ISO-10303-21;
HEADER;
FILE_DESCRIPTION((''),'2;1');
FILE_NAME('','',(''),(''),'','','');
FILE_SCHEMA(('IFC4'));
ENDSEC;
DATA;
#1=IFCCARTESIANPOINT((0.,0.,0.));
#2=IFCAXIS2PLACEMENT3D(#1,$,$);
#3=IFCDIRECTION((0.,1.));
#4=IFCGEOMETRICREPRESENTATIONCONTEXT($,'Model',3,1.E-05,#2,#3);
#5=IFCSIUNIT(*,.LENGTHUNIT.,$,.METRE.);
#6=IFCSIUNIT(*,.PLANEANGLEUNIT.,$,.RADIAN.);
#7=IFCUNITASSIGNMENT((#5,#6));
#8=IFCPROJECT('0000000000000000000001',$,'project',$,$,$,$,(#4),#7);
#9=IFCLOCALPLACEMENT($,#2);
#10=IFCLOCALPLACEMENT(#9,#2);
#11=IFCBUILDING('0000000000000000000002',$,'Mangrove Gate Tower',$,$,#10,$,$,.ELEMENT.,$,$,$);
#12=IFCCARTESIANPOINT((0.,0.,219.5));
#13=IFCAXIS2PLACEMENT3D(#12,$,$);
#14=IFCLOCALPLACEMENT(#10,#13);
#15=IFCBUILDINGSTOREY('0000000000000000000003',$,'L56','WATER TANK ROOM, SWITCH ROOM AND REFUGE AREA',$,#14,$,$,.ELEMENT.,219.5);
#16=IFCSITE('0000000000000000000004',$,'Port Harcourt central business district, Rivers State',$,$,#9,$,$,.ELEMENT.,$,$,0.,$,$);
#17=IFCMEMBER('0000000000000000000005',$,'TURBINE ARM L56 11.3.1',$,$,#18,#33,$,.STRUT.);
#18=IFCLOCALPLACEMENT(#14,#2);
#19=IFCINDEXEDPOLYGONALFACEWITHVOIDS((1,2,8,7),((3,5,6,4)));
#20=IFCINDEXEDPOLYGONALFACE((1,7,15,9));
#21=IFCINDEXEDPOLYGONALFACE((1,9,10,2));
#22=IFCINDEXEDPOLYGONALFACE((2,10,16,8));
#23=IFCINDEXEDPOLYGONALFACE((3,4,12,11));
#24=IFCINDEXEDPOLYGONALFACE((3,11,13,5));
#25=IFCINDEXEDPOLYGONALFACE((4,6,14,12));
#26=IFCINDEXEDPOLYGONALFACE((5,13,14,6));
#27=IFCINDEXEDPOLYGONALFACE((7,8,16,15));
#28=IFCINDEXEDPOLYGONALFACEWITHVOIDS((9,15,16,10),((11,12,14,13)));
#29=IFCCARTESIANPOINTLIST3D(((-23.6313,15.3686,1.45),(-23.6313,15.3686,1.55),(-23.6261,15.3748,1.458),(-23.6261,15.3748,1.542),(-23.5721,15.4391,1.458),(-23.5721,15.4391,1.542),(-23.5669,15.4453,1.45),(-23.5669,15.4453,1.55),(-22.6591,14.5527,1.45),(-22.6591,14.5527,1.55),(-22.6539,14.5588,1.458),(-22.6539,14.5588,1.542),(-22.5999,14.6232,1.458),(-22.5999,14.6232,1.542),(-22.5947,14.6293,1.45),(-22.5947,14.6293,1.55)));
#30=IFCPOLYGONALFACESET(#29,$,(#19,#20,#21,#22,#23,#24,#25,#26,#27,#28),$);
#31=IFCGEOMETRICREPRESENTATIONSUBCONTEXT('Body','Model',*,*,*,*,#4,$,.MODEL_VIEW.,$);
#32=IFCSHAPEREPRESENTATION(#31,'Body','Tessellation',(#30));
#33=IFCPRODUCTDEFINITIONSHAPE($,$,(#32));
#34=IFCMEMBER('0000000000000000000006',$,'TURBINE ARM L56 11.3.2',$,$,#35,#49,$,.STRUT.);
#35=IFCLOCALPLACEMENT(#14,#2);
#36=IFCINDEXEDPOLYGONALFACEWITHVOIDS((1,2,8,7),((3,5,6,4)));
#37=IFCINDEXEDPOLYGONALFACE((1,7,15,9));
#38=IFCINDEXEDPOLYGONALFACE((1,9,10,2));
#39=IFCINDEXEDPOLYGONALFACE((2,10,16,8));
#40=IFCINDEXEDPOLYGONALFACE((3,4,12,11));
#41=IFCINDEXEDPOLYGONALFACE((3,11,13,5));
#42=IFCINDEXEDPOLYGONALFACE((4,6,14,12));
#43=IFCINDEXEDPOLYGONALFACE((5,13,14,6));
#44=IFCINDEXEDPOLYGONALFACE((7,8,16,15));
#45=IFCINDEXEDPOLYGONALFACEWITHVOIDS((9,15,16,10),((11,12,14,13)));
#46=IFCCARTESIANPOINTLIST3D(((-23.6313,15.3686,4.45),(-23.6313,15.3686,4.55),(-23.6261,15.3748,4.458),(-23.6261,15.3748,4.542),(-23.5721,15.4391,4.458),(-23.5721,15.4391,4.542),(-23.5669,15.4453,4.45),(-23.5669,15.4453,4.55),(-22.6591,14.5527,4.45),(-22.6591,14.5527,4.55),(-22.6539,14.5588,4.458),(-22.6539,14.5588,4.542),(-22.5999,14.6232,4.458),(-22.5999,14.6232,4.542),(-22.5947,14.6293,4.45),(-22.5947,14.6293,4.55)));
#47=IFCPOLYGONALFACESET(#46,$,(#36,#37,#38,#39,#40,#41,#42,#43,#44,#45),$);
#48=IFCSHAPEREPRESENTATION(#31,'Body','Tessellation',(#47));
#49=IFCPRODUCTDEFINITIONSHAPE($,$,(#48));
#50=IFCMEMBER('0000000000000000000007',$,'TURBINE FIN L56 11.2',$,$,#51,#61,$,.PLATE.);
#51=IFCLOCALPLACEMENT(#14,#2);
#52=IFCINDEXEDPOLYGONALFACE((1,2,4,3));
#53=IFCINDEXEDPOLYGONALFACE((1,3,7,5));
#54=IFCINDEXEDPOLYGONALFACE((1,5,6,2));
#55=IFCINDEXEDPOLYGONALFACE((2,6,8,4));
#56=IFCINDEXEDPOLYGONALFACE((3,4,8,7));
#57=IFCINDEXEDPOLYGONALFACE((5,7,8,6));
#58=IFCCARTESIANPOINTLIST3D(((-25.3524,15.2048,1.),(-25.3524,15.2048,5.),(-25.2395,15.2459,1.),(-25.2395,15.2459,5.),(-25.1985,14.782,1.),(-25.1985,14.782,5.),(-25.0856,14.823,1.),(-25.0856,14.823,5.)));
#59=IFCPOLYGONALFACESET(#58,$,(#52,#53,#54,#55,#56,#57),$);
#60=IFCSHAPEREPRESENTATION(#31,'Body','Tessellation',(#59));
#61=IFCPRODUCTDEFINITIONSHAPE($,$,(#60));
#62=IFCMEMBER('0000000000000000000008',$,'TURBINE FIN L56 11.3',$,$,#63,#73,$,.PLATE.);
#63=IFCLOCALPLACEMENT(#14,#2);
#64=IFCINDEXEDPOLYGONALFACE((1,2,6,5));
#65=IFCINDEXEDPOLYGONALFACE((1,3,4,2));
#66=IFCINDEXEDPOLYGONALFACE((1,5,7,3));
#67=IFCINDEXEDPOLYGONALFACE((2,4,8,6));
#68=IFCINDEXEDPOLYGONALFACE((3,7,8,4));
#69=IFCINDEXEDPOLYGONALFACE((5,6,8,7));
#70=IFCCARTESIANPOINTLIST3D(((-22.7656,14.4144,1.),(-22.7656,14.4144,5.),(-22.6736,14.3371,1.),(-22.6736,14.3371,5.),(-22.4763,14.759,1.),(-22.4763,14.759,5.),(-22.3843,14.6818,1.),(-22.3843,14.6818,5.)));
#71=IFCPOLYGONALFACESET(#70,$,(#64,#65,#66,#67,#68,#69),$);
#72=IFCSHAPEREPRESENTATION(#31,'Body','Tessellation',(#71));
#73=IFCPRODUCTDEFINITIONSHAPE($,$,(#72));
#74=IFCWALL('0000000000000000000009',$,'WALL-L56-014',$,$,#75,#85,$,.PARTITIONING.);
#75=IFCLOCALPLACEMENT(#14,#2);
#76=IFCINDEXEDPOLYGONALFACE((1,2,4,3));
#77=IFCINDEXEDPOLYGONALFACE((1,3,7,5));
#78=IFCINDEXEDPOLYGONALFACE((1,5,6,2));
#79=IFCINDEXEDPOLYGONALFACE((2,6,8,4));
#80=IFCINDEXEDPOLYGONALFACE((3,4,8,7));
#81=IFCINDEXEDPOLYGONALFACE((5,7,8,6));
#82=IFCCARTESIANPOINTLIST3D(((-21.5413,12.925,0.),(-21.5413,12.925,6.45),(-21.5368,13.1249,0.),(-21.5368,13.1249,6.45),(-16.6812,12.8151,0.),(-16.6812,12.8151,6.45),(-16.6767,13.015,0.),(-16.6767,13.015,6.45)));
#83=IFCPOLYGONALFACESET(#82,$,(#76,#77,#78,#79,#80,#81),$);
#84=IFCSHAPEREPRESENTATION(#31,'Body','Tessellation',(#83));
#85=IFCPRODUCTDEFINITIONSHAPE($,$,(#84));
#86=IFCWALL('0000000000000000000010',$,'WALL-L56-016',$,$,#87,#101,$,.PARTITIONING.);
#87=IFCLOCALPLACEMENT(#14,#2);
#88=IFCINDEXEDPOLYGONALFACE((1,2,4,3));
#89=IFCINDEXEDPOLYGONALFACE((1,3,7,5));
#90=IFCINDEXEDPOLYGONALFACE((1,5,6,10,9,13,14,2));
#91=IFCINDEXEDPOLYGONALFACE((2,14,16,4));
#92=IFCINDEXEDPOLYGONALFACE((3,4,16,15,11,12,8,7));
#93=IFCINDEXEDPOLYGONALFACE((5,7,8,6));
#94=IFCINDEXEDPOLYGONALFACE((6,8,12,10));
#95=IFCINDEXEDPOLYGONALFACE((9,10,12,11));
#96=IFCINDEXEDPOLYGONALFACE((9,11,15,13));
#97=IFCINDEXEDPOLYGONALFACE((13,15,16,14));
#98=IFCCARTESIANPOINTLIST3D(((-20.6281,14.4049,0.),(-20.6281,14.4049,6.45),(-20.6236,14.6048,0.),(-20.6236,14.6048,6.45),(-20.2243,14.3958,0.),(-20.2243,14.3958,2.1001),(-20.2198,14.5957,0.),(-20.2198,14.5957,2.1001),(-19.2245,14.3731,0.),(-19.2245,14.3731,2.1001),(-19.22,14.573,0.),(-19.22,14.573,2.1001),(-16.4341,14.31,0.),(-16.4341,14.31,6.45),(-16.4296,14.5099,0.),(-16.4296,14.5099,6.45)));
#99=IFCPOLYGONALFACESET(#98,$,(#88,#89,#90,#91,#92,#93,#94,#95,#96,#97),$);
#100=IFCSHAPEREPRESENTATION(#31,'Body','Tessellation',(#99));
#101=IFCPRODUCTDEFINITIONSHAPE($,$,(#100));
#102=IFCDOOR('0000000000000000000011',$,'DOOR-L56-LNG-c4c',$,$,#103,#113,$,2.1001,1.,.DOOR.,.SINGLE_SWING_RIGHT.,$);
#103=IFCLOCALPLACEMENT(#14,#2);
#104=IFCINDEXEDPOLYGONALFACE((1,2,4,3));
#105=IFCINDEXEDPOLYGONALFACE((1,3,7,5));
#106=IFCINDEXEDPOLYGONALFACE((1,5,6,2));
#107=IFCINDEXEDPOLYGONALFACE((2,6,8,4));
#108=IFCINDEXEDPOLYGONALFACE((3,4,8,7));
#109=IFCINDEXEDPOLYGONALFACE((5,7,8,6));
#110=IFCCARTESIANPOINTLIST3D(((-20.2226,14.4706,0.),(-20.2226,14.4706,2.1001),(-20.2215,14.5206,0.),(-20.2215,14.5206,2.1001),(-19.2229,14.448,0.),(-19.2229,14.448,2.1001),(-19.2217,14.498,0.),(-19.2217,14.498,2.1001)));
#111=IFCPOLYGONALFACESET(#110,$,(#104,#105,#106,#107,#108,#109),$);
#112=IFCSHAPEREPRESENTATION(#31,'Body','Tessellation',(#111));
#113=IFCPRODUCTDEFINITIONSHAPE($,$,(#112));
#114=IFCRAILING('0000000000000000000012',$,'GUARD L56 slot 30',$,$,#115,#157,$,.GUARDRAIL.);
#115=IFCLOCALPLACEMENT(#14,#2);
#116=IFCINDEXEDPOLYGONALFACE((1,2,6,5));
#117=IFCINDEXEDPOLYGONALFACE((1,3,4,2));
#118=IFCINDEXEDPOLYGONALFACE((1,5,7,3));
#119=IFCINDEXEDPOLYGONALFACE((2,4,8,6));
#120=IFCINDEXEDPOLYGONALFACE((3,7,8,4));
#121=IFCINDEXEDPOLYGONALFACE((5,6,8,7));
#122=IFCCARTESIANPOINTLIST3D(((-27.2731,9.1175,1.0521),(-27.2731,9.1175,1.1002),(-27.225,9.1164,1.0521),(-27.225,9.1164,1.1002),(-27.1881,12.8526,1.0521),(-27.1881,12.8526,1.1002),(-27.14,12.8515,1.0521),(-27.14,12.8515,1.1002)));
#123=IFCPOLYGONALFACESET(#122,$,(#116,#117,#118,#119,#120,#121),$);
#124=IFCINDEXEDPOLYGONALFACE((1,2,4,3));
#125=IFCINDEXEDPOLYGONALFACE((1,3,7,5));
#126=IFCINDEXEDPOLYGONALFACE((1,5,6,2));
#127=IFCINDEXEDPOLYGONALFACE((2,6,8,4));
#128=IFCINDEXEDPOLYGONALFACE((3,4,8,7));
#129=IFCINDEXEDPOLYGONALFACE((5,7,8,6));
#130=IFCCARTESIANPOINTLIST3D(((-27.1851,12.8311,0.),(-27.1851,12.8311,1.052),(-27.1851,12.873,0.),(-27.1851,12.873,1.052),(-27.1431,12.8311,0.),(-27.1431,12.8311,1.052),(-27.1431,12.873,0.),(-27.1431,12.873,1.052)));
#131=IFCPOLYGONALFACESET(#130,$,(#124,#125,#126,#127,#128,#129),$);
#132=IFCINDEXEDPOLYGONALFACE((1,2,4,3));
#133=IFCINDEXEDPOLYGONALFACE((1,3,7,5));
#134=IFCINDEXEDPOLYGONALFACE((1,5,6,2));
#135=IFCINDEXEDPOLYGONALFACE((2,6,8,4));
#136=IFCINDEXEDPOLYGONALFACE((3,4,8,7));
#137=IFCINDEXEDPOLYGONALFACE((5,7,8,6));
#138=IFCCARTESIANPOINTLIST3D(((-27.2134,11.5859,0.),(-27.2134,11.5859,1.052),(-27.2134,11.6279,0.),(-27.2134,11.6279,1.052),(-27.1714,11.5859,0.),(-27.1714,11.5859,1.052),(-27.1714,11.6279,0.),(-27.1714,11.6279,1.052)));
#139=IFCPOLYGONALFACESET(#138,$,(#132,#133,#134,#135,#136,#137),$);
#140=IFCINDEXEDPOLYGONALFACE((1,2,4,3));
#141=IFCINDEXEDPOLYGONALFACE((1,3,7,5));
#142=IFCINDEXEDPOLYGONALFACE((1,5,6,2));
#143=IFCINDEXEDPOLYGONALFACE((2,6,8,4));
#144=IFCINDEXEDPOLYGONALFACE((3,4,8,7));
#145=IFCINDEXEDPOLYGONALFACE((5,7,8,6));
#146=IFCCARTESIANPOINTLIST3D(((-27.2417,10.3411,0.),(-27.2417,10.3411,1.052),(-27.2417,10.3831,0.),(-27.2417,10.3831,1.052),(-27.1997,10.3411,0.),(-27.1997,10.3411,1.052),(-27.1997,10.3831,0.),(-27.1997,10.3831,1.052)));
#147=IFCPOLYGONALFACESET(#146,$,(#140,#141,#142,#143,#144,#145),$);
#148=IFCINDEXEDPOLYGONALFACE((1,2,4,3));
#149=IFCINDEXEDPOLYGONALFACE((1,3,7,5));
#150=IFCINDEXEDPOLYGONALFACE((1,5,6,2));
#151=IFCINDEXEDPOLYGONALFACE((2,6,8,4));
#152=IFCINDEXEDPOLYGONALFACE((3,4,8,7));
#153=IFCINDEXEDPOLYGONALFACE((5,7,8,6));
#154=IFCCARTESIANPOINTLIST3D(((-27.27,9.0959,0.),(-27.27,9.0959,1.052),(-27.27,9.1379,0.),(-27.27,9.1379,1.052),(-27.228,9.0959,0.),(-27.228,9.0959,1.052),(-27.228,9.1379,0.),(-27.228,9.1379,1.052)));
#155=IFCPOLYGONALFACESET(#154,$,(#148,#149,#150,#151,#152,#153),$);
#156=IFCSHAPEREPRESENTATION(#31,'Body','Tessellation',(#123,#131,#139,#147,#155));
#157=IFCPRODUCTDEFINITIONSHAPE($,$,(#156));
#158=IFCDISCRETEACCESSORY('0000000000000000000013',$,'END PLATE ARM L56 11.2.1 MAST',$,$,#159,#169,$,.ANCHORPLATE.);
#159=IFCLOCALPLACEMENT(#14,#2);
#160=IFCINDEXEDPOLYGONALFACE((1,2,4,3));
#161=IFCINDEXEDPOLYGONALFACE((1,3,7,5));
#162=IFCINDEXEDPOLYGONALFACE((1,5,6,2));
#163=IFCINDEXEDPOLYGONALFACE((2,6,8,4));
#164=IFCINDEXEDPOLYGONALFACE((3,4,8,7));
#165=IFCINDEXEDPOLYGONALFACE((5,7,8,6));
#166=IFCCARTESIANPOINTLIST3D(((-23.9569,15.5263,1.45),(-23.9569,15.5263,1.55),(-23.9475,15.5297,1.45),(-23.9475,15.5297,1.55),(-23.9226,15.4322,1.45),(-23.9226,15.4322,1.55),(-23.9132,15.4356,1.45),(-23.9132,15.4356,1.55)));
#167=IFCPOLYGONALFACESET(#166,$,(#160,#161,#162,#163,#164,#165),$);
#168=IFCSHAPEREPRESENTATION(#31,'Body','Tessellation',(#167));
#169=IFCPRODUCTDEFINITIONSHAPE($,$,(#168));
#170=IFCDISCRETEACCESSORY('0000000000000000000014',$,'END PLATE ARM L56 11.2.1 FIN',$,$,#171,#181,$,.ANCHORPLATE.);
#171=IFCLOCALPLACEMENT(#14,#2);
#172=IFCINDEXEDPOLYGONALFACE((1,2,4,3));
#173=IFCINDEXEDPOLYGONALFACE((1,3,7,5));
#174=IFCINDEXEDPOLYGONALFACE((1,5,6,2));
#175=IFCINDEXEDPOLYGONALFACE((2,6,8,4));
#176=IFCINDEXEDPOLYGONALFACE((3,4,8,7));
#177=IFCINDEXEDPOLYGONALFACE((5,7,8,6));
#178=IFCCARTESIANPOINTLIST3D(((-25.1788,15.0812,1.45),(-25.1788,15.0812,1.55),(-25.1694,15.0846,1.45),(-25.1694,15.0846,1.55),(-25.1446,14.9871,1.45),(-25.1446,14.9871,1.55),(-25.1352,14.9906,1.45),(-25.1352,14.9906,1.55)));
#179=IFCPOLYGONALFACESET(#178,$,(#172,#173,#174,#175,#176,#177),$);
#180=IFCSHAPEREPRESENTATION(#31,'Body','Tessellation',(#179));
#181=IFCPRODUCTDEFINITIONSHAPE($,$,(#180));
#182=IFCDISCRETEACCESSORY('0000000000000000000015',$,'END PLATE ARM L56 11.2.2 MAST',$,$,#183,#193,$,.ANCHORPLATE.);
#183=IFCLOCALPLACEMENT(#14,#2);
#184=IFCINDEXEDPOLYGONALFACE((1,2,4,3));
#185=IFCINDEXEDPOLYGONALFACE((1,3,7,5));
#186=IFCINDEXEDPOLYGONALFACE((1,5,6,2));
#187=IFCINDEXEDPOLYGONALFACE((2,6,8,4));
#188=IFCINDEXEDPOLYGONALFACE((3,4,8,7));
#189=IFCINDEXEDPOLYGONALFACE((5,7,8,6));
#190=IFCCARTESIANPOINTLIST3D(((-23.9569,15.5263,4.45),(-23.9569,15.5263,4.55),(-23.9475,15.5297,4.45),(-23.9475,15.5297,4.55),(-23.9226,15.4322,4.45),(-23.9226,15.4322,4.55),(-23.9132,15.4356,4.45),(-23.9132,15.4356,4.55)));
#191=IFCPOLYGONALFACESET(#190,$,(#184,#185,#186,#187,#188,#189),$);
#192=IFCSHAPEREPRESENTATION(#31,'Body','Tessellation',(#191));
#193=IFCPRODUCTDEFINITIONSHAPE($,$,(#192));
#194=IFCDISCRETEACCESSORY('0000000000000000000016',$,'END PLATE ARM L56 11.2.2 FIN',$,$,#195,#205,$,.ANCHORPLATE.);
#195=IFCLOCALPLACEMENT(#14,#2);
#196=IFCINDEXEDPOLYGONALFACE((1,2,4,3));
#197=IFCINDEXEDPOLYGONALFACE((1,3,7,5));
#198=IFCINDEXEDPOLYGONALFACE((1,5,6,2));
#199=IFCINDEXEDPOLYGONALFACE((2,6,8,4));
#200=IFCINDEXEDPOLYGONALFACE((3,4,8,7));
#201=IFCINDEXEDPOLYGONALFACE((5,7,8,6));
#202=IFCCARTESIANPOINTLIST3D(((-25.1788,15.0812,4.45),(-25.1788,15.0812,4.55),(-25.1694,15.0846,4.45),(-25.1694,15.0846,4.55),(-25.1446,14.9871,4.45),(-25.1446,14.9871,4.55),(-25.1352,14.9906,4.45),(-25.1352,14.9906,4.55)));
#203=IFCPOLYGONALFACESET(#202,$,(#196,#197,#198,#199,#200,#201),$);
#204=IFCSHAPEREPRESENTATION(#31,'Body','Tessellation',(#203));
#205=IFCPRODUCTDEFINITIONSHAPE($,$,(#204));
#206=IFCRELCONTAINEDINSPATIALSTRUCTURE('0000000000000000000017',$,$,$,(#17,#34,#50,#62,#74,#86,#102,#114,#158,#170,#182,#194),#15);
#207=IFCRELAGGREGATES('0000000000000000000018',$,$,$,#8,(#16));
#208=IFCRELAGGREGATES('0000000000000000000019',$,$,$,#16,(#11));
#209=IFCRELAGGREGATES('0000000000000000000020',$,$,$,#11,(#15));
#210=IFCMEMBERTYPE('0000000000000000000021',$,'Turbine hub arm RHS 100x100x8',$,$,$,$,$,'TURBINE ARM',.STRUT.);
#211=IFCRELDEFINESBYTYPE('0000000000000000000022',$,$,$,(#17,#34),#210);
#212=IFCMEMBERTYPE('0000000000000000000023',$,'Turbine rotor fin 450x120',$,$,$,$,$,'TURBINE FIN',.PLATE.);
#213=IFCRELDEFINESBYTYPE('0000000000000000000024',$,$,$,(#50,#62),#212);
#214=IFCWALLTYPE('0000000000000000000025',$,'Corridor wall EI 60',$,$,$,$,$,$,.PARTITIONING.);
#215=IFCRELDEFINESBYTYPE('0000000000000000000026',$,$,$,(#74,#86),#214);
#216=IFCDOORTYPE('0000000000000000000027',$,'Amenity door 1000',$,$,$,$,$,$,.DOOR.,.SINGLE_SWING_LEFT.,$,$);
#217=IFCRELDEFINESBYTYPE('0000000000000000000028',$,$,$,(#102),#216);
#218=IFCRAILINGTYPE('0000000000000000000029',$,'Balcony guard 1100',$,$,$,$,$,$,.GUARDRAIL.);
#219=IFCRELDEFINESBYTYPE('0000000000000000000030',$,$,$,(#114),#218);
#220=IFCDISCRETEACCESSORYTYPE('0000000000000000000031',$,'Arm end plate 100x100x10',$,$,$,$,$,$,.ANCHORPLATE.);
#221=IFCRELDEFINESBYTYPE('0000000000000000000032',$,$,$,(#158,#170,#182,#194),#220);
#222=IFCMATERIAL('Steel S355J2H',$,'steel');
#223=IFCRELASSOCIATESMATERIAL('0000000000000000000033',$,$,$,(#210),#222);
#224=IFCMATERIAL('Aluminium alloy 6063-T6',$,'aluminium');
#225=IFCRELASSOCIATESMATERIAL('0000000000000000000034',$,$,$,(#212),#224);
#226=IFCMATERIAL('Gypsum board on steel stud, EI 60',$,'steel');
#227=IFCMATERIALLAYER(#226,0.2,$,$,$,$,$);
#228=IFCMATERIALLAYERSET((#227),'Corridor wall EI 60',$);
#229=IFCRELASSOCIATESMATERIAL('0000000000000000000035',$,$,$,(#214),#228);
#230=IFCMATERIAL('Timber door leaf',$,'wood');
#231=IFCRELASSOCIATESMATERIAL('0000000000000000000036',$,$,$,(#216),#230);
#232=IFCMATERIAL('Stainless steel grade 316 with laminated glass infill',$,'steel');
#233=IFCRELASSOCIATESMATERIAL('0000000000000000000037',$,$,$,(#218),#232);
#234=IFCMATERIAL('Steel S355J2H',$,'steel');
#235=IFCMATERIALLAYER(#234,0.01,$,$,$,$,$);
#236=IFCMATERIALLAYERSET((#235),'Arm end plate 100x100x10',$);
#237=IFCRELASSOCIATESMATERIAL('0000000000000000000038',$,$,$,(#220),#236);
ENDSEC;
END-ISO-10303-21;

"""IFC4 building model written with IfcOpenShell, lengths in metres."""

from ifc_helpers import new_model, si_unit, direction, frame, frame_2d, origin, origin_2d, place, context, subcontext, project, spatial, rectangle, hollow_rectangle, extrude, material, layer, layer_set, material_profile, profile_set, type_object, element, fill, save


model = new_model("IFC4")

# Units and contexts
model_context = context("Model", 3, precision=1e-05, world=origin(), true_north=direction((0.0, 1.0)))
body_context = subcontext(model_context, "Body", "Model", "MODEL_VIEW")
ifc_project = project(units=[si_unit("LENGTHUNIT", "METRE"), si_unit("PLANEANGLEUNIT", "RADIAN")], contexts=[model_context])

# Site, building, storey
site_placement = place(None, origin())
site = spatial("IfcSite", under=ifc_project, at=site_placement, Name="Port Harcourt central business district, Rivers State", CompositionType="ELEMENT", RefElevation=0.0)
building_placement = place(site_placement, origin())
building = spatial("IfcBuilding", under=site, at=building_placement, Name="Mangrove Gate Tower", CompositionType="ELEMENT")
storey_placement = place(building_placement, frame((0.0, 0.0, 219.5)))
storey = spatial("IfcBuildingStorey", under=building, at=storey_placement, Name="L56", Description="WATER TANK ROOM, SWITCH ROOM AND REFUGE AREA", CompositionType="ELEMENT", Elevation=219.5)

# Members
ifc_material_1 = material(Name="Steel S355J2H", Category="steel")
ifc_material_profile_1 = material_profile(ifc_material_1, hollow_rectangle(XDim=0.1001, YDim=0.1001, WallThickness=0.0081, at=origin_2d()))
ifc_profile_set_1 = profile_set([ifc_material_profile_1], Name="Steel S355J2H")
member_type_1 = type_object("IfcMemberType", Name="Turbine hub arm RHS 100x100x8", ElementType="TURBINE ARM", PredefinedType="STRUT", material=ifc_profile_set_1)
for number, where, z_axis, x_axis, name in (
    (1, (-23.5991, 15.407, 1.5), (0.765978, -0.642867, 0.0), (0.642867, 0.765978, 0.0), "TURBINE ARM L56 11.3.1"),
    (2, (-23.5991, 15.407, 4.5), (0.765978, -0.642867, 0.0), (0.642867, 0.765978, 0.0), "TURBINE ARM L56 11.3.2"),
):
    element("IfcMember", number, at=place(storey_placement, frame(where, z_axis=z_axis, x_axis=x_axis)), inside=storey, type_object=member_type_1, Name=name, PredefinedType="STRUT", context=body_context, shape_type="SweptSolid", body=[
        extrude(hollow_rectangle(XDim=0.1001, YDim=0.1001, WallThickness=0.0081, at=origin_2d()), origin(), (0.0, 0.0, 1.0), 1.2693),
    ])
ifc_material_2 = material(Name="Aluminium alloy 6063-T6", Category="aluminium")
ifc_material_profile_2 = material_profile(ifc_material_2, rectangle(XDim=0.45, YDim=0.1201, at=origin_2d()))
ifc_profile_set_2 = profile_set([ifc_material_profile_2], Name="Aluminium alloy 6063-T6")
member_type_2 = type_object("IfcMemberType", Name="Turbine rotor fin 450x120", ElementType="TURBINE FIN", PredefinedType="PLATE", material=ifc_profile_set_2)
for number, where, z_axis, x_axis, name in (
    (3, (-25.219, 15.0139, 1.0), (0.0, 0.0, 1.0), (0.34202, -0.939693, 0.0), "TURBINE FIN L56 11.2"),
    (4, (-22.575, 14.5481, 1.0), (0.0, 0.0, 1.0), (0.642788, 0.766044, 0.0), "TURBINE FIN L56 11.3"),
):
    element("IfcMember", number, at=place(storey_placement, frame(where, z_axis=z_axis, x_axis=x_axis)), inside=storey, type_object=member_type_2, Name=name, PredefinedType="PLATE", context=body_context, shape_type="SweptSolid", body=[
        extrude(rectangle(XDim=0.45, YDim=0.1201, at=origin_2d()), origin(), (0.0, 0.0, 1.0), 4.0),
    ])

# Wall
ifc_material_3 = material(Name="Gypsum board on steel stud, EI 60", Category="steel")
ifc_layer_1 = layer(ifc_material_3, 0.2)
ifc_layer_set_1 = layer_set([ifc_layer_1], Name="Corridor wall EI 60")
wall_type = type_object("IfcWallType", Name="Corridor wall EI 60", PredefinedType="PARTITIONING", material=ifc_layer_set_1)
wall_1_placement = place(storey_placement, frame((-21.5391, 13.0249, 0.0), z_axis=(0.0, 0.0, 1.0), x_axis=(0.999745, -0.022599, 0.0)))
element("IfcWall", 5, at=wall_1_placement, inside=storey, type_object=wall_type, Name="WALL-L56-014", PredefinedType="PARTITIONING", context=body_context, shape_type="SweptSolid", body=[
    extrude(rectangle(XDim=4.8613, YDim=0.2, at=frame_2d((2.4307, 0.0))), origin(), (0.0, 0.0, 1.0), 6.45),
])

# Wall, opening, door
wall_2_placement = place(storey_placement, frame((-20.626, 14.5049, 0.0), z_axis=(0.0, 0.0, 1.0), x_axis=(0.999744, -0.022638, 0.0)))
wall_2 = element("IfcWall", 6, at=wall_2_placement, inside=storey, type_object=wall_type, Name="WALL-L56-016", PredefinedType="PARTITIONING", context=body_context, shape_type="SweptSolid", body=[
    extrude(rectangle(XDim=4.1951, YDim=0.2, at=frame_2d((2.0977, 0.0))), origin(), (0.0, 0.0, 1.0), 6.45),
])
opening_placement = place(wall_2_placement, frame((0.4041, 0.0, 0.0)))
opening = element("IfcOpeningElement", 7, at=opening_placement, cuts=wall_2, PredefinedType="OPENING", context=body_context, shape_type="SweptSolid", body=[
    extrude(rectangle(XDim=1.0, YDim=2.1001, at=frame_2d((0.5, 1.05))), frame((0.0, 0.1099, 0.0), z_axis=(0.0, -1.0, 0.0), x_axis=(1.0, 0.0, 0.0)), (0.0, 0.0, 1.0), 0.22),
])
ifc_material_4 = material(Name="Timber door leaf", Category="wood")
door_type = type_object("IfcDoorType", Name="Amenity door 1000", OperationType="SINGLE_SWING_LEFT", PredefinedType="DOOR", material=ifc_material_4)
door_placement = place(opening_placement, origin())
door = element("IfcDoor", 8, at=door_placement, inside=storey, type_object=door_type, Name="DOOR-L56-LNG-c4c", OperationType="SINGLE_SWING_RIGHT", OverallHeight=2.1001, OverallWidth=1.0, PredefinedType="DOOR", context=body_context, shape_type="SweptSolid", body=[
    extrude(rectangle(XDim=1.0, YDim=2.1001, at=frame_2d((0.5, 1.05))), frame((0.0, 0.0249, 0.0), z_axis=(0.0, -1.0, 0.0), x_axis=(1.0, 0.0, 0.0)), (0.0, 0.0, 1.0), 0.05),
])
fill(opening, door)

# Railing
ifc_material_5 = material(Name="Stainless steel grade 316 with laminated glass infill", Category="steel")
railing_type = type_object("IfcRailingType", Name="Balcony guard 1100", PredefinedType="GUARDRAIL", material=ifc_material_5)
railing_placement = place(storey_placement, frame((-27.1641, 12.8521, 0.0)))
element("IfcRailing", 9, at=railing_placement, inside=storey, type_object=railing_type, Name="GUARD L56 slot 30", PredefinedType="GUARDRAIL", context=body_context, shape_type="SweptSolid", body=[
    extrude(rectangle(XDim=0.0481, YDim=0.0481, at=origin_2d()), frame((0.0, 0.0, 1.0762), z_axis=(-0.022741, -0.999741, 0.0), x_axis=(0.999741, -0.022741, 0.0)), (0.0, 0.0, 1.0), 3.7361),
    extrude(rectangle(XDim=0.042, YDim=0.042, at=origin_2d()), origin(), (0.0, 0.0, 1.0), 1.052),
    extrude(rectangle(XDim=0.042, YDim=0.042, at=origin_2d()), frame((-0.0283, -1.2451, 0.0)), (0.0, 0.0, 1.0), 1.052),
    extrude(rectangle(XDim=0.042, YDim=0.042, at=origin_2d()), frame((-0.0566, -2.49, 0.0)), (0.0, 0.0, 1.0), 1.052),
    extrude(rectangle(XDim=0.042, YDim=0.042, at=origin_2d()), frame((-0.085, -3.7351, 0.0)), (0.0, 0.0, 1.0), 1.052),
])

# Discrete accessories
ifc_material_6 = material(Name="Steel S355J2H", Category="steel")
ifc_layer_2 = layer(ifc_material_6, 0.01)
ifc_layer_set_2 = layer_set([ifc_layer_2], Name="Arm end plate 100x100x10")
discrete_accessory_type_1 = type_object("IfcDiscreteAccessoryType", Name="Arm end plate 100x100x10", PredefinedType="ANCHORPLATE", material=ifc_layer_set_2)
for number, where, z_axis, x_axis, name in (
    (10, (-23.9351, 15.481, 1.45), (0.0, 0.0, 1.0), (-0.939693, -0.34202, 0.0), "END PLATE ARM L56 11.2.1 MAST"),
    (11, (-25.157, 15.0359, 1.45), (0.0, 0.0, 1.0), (-0.939693, -0.34202, 0.0), "END PLATE ARM L56 11.2.1 FIN"),
    (12, (-23.9351, 15.481, 4.45), (0.0, 0.0, 1.0), (-0.939693, -0.34202, 0.0), "END PLATE ARM L56 11.2.2 MAST"),
    (13, (-25.157, 15.0359, 4.45), (0.0, 0.0, 1.0), (-0.939693, -0.34202, 0.0), "END PLATE ARM L56 11.2.2 FIN"),
):
    element("IfcDiscreteAccessory", number, at=place(storey_placement, frame(where, z_axis=z_axis, x_axis=x_axis)), inside=storey, type_object=discrete_accessory_type_1, Name=name, PredefinedType="ANCHORPLATE", context=body_context, shape_type="SweptSolid", body=[
        extrude(rectangle(XDim=0.01, YDim=0.1001, at=origin_2d()), origin(), (0.0, 0.0, 1.0), 0.1001),
    ])

save(model, "model.ifc")
